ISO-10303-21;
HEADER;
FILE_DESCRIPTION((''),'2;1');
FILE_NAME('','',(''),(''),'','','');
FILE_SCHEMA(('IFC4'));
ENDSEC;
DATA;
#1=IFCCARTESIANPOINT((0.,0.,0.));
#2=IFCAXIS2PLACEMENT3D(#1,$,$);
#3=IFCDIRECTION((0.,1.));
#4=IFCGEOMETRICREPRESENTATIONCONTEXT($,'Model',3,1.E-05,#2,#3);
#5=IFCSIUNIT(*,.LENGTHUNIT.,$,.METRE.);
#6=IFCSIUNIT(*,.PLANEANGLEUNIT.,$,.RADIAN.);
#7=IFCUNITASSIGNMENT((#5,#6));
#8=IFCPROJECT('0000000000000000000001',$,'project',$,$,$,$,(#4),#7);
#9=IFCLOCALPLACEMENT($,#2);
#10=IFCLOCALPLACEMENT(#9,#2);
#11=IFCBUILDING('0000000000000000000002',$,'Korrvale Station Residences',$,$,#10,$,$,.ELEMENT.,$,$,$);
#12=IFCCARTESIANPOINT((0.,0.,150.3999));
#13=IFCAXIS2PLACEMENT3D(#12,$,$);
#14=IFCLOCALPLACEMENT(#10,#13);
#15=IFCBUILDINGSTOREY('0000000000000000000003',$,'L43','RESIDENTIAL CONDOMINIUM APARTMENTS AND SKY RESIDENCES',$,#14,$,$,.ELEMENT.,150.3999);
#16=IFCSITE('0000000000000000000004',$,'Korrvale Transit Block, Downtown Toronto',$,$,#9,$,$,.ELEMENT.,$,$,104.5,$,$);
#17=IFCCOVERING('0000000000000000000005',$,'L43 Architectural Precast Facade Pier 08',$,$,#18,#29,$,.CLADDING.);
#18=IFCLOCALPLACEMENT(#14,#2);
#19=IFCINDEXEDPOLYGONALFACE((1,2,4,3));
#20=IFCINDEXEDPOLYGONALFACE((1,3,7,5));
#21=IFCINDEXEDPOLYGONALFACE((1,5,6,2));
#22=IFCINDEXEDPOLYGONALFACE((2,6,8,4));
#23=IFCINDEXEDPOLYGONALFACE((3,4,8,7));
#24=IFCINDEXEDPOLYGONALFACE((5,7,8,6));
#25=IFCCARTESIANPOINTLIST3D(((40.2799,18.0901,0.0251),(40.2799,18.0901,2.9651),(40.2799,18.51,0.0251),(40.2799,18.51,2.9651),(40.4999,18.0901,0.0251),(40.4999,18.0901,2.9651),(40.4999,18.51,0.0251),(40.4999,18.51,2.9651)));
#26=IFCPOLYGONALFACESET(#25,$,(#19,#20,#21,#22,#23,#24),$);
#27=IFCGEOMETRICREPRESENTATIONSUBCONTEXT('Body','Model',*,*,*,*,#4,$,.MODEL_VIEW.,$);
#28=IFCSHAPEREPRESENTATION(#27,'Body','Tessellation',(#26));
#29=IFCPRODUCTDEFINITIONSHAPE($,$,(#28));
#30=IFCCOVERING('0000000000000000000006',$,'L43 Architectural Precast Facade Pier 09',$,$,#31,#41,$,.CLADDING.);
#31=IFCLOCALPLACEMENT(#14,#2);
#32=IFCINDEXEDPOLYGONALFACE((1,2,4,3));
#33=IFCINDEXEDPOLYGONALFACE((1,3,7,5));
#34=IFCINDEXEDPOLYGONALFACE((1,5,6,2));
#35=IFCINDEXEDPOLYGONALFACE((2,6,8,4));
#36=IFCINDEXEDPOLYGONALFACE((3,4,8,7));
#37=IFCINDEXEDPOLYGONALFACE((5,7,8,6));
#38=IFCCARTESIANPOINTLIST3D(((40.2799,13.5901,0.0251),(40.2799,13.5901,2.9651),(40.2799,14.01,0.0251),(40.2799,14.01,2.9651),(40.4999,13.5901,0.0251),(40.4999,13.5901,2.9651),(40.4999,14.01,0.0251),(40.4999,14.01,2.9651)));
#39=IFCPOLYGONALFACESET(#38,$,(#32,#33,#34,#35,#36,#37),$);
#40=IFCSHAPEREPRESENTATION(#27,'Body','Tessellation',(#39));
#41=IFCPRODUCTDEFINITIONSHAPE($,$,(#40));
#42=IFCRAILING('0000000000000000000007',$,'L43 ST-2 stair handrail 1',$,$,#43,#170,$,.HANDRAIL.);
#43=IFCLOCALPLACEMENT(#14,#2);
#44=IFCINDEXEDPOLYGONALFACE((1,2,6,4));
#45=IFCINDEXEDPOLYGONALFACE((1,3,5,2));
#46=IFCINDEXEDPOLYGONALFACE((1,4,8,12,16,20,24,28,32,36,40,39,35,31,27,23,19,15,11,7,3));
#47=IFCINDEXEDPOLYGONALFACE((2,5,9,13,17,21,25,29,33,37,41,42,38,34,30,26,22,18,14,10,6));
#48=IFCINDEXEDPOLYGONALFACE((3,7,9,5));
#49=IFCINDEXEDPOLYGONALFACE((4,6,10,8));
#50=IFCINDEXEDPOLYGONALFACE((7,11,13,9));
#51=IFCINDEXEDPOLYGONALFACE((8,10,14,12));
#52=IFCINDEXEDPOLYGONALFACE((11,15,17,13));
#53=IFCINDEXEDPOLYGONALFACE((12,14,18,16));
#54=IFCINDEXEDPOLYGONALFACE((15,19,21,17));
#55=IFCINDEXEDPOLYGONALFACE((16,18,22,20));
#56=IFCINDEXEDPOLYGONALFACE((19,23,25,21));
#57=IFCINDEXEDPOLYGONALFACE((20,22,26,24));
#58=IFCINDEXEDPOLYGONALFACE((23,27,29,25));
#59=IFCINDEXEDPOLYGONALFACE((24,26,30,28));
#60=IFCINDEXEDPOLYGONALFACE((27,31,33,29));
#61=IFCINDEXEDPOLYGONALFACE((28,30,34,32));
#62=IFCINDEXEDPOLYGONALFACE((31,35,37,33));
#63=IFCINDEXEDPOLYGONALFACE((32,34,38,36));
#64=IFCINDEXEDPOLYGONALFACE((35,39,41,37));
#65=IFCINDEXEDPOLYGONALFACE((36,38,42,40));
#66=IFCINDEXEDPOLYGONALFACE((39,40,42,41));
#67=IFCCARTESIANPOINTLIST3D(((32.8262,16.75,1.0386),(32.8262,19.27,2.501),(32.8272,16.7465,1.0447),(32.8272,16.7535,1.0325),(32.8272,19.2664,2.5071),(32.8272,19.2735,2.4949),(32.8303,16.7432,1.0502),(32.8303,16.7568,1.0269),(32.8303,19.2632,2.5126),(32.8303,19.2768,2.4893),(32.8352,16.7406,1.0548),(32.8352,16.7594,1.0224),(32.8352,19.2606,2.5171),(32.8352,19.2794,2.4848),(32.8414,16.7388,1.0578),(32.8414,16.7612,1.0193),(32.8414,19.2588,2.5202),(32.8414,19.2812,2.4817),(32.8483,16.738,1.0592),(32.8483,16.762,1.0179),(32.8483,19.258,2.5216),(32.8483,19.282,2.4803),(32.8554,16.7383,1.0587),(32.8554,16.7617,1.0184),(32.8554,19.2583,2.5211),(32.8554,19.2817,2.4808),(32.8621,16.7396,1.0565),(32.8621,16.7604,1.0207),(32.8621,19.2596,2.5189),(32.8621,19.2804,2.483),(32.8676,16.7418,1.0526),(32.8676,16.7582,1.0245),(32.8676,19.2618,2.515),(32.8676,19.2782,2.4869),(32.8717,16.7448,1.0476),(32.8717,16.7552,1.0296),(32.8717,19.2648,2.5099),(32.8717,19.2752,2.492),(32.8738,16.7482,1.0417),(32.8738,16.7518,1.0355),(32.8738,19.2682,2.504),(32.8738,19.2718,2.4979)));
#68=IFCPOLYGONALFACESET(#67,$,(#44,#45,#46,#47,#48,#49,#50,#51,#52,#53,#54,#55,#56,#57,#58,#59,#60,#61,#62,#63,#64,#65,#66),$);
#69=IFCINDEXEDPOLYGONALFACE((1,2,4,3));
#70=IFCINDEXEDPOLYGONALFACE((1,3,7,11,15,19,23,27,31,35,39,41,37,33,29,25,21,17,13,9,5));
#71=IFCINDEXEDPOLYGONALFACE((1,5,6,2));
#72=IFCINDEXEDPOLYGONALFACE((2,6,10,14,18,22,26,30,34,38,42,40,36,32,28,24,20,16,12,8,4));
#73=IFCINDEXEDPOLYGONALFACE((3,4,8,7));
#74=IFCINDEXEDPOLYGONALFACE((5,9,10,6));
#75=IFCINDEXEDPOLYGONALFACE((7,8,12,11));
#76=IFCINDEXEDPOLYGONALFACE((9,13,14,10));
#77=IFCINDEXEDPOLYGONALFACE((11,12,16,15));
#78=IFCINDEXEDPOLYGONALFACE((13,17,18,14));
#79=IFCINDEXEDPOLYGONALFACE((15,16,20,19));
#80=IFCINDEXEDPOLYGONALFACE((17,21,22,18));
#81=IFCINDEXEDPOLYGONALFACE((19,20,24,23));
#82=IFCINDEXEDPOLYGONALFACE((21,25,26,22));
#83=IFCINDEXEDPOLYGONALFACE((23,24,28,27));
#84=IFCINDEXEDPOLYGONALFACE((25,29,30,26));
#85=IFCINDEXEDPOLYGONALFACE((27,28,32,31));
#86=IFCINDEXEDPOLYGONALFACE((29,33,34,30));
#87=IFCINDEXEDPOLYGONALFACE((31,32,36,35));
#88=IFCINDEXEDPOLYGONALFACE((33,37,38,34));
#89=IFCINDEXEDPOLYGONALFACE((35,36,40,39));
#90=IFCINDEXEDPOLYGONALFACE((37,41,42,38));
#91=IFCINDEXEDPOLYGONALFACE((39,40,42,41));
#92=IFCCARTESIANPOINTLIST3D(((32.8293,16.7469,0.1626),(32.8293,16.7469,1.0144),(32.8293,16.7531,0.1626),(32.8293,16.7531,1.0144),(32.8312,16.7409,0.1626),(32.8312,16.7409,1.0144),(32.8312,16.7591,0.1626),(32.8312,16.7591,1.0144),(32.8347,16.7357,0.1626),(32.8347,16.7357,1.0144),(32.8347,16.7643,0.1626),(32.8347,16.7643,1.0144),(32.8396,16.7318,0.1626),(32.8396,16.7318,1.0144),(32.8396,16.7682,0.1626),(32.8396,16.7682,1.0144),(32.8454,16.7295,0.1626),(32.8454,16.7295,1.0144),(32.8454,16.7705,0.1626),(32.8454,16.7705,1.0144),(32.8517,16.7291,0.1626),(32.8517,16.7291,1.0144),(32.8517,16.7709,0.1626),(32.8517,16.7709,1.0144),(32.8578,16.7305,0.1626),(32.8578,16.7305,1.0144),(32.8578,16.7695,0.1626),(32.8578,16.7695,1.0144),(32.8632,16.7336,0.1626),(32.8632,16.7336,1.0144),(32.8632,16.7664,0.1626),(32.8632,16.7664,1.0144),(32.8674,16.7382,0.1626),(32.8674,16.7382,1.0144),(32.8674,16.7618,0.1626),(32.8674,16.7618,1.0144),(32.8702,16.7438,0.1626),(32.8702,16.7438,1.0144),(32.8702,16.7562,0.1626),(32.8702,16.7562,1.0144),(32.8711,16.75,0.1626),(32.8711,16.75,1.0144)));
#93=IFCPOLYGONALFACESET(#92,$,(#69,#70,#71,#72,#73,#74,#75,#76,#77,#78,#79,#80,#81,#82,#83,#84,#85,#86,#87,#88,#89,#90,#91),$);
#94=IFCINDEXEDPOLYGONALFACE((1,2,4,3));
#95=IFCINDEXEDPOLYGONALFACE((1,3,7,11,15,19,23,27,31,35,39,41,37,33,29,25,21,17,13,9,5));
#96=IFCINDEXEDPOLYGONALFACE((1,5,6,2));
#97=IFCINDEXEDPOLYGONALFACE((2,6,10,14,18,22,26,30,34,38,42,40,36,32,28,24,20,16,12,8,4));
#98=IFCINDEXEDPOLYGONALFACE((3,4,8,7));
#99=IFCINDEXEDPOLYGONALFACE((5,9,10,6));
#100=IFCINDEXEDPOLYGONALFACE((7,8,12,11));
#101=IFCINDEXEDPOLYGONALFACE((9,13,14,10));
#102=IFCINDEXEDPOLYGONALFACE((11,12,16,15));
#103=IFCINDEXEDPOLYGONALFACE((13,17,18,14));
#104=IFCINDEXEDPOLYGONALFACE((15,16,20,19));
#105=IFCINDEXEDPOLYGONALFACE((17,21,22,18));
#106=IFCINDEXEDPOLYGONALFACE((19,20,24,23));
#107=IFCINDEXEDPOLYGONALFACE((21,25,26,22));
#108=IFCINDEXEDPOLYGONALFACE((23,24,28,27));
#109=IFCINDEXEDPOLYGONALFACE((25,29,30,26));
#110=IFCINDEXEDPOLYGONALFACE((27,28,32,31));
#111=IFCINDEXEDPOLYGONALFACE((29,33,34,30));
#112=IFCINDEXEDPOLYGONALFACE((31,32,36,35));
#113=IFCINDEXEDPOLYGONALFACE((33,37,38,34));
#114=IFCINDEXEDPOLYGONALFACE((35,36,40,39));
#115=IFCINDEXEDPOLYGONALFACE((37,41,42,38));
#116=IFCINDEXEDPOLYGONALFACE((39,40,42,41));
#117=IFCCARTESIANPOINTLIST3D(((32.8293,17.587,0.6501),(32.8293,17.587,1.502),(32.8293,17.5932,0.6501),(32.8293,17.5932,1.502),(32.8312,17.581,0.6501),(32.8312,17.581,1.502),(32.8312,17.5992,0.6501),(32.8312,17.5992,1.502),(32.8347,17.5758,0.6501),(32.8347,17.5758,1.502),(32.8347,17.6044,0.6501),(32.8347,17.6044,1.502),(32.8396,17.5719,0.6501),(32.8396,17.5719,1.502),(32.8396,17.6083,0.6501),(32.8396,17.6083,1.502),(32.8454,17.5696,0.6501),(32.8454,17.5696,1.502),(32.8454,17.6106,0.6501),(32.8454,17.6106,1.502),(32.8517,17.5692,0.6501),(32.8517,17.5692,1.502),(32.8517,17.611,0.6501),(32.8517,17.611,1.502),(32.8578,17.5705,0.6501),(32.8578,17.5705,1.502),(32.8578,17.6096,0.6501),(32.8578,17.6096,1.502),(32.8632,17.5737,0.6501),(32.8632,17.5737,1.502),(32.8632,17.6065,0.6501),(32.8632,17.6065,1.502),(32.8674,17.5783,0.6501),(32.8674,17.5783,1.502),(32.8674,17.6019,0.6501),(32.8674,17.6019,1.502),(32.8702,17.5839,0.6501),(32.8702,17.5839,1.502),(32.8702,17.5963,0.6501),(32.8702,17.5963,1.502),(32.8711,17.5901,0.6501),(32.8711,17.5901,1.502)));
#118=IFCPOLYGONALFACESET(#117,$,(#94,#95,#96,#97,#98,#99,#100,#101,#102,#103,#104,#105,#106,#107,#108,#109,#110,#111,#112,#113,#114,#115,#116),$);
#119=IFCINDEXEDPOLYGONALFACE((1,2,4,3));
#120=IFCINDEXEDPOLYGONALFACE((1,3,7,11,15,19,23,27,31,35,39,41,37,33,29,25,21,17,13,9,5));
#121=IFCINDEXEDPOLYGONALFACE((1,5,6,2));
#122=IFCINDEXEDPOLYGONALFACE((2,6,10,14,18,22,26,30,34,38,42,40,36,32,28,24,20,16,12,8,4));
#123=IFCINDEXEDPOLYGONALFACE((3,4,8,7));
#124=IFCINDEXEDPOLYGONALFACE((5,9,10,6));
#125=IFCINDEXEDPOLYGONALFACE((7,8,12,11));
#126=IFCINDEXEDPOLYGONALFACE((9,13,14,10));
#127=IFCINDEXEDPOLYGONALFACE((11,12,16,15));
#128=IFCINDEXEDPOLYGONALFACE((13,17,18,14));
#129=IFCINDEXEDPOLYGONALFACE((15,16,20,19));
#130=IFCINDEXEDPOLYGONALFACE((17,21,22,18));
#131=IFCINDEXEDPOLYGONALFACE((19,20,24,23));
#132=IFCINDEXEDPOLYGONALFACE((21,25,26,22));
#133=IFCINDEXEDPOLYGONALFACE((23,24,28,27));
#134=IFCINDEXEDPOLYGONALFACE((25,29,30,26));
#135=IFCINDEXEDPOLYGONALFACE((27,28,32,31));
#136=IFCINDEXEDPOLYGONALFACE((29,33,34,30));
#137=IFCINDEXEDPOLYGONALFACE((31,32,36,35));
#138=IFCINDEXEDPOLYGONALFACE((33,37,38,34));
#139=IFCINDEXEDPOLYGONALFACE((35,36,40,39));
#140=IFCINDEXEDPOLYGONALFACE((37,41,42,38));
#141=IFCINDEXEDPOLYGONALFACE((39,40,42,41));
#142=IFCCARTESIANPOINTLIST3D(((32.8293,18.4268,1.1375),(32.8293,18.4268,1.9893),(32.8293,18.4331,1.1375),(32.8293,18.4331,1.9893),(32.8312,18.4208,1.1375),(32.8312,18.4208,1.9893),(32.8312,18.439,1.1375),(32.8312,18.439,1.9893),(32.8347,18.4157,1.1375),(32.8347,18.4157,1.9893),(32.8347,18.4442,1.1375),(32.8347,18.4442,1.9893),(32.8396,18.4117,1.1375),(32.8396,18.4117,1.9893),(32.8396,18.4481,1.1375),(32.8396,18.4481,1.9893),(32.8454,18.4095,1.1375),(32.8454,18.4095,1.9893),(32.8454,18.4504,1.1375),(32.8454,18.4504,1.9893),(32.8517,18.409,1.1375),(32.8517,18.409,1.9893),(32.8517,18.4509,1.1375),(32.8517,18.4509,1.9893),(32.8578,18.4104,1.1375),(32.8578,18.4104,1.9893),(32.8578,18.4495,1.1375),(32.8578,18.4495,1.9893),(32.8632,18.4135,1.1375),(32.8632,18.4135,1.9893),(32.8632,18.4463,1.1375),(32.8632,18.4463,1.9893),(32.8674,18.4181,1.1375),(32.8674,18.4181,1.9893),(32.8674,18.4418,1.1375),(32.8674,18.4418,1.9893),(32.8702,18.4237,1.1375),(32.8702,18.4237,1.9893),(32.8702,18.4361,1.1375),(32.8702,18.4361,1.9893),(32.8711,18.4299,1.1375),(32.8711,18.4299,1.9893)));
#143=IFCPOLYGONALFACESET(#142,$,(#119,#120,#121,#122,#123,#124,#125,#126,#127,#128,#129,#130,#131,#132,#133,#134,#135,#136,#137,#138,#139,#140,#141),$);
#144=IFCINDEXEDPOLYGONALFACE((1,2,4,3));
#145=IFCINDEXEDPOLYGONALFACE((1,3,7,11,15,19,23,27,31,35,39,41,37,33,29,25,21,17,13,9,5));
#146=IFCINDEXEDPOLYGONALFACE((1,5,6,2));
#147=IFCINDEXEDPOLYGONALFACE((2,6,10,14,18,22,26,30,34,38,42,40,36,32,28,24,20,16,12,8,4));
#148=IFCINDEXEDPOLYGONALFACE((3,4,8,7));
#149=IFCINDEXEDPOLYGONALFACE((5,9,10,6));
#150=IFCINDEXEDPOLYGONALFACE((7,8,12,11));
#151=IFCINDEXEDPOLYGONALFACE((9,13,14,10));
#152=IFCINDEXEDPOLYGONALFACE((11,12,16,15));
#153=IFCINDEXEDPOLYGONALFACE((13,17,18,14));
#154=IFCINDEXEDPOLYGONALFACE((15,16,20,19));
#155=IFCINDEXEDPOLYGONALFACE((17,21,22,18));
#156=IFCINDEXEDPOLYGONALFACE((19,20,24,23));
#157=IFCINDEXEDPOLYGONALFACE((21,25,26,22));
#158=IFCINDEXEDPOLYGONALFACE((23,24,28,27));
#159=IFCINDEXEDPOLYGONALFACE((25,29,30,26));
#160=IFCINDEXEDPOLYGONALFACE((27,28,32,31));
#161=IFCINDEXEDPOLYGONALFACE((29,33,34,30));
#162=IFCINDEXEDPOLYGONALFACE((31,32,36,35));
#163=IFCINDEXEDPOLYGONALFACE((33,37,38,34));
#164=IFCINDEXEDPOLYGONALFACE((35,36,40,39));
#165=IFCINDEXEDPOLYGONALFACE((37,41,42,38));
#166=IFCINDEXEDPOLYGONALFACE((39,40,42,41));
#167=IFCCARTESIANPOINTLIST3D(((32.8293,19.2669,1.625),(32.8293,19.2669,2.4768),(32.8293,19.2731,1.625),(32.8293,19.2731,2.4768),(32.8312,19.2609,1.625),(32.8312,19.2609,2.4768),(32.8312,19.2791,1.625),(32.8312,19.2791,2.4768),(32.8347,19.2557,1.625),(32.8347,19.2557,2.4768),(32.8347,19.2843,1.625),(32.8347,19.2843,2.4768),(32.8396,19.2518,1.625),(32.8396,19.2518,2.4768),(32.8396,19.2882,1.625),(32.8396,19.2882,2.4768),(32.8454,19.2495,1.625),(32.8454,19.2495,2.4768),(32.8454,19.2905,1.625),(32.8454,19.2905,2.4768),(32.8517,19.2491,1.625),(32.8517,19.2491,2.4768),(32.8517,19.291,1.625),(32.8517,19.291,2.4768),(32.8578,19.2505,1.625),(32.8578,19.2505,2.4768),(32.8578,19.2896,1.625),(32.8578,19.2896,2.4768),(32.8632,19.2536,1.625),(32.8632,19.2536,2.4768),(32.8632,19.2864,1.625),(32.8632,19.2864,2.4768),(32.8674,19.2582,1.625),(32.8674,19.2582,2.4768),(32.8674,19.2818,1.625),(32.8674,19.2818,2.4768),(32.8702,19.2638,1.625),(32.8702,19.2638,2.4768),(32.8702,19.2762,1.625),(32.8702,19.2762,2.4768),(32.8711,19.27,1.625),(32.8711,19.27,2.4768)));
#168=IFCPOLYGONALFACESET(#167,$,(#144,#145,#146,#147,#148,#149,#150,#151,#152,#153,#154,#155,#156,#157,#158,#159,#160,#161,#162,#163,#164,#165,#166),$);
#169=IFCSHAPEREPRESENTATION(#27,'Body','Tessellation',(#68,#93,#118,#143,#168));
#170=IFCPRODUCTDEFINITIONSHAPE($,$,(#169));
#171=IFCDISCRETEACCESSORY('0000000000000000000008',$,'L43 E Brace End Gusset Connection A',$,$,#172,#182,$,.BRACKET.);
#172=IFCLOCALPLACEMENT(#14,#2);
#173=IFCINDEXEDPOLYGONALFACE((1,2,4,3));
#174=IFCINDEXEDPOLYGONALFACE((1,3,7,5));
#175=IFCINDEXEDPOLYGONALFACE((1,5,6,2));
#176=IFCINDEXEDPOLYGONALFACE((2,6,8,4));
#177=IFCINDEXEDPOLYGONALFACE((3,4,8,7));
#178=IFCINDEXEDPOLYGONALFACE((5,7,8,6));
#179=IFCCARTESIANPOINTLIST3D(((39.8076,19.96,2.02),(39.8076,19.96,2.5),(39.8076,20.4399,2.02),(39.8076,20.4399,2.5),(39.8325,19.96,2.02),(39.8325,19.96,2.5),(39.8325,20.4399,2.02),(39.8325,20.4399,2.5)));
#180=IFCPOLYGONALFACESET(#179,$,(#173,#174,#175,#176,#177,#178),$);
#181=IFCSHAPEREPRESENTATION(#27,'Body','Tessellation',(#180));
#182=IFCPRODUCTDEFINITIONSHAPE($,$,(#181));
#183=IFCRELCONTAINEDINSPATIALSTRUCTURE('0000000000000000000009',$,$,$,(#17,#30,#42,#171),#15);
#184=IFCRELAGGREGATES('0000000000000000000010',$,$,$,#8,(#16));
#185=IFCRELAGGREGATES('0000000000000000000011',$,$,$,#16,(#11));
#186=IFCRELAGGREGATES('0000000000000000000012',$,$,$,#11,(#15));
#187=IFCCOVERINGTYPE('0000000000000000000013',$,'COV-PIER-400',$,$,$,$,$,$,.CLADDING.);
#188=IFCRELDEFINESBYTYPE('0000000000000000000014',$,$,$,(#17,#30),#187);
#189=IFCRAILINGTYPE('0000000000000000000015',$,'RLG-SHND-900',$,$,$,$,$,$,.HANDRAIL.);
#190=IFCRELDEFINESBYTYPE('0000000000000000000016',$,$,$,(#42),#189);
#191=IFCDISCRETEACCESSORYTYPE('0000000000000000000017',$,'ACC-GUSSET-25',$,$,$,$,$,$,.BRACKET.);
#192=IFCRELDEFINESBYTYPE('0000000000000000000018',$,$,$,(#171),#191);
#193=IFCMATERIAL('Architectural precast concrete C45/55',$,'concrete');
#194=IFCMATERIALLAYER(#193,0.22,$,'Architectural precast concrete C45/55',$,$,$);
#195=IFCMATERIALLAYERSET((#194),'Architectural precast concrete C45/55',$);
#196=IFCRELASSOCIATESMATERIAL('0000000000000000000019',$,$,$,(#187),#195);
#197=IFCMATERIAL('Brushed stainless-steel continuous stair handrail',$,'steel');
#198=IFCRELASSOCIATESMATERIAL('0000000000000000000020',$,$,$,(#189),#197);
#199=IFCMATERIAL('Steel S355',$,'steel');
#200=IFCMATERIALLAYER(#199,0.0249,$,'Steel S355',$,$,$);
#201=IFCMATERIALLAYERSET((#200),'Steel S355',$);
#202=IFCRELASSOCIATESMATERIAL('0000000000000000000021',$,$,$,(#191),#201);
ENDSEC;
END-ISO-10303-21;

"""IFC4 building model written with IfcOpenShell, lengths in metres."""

from ifc_helpers import new_model, si_unit, direction, frame, origin, origin_2d, place, context, subcontext, project, spatial, rectangle, circle, extrude, material, layer, layer_set, type_object, element, save


model = new_model("IFC4")

# Units and contexts
model_context = context("Model", 3, precision=1e-05, world=origin(), true_north=direction((0.0, 1.0)))
body_context = subcontext(model_context, "Body", "Model", "MODEL_VIEW")
ifc_project = project(units=[si_unit("LENGTHUNIT", "METRE"), si_unit("PLANEANGLEUNIT", "RADIAN")], contexts=[model_context])

# Site, building, storey
site_placement = place(None, origin())
site = spatial("IfcSite", under=ifc_project, at=site_placement, Name="Korrvale Transit Block, Downtown Toronto", CompositionType="ELEMENT", RefElevation=104.5)
building_placement = place(site_placement, origin())
building = spatial("IfcBuilding", under=site, at=building_placement, Name="Korrvale Station Residences", CompositionType="ELEMENT")
storey_placement = place(building_placement, frame((0.0, 0.0, 150.3999)))
storey = spatial("IfcBuildingStorey", under=building, at=storey_placement, Name="L43", Description="RESIDENTIAL CONDOMINIUM APARTMENTS AND SKY RESIDENCES", CompositionType="ELEMENT", Elevation=150.3999)

# Shared definitions
ifc_material_1 = material(Name="Steel S355", Category="steel")

# Coverings
ifc_material_2 = material(Name="Architectural precast concrete C45/55", Category="concrete")
ifc_layer_1 = layer(ifc_material_2, 0.22, Name="Architectural precast concrete C45/55")
ifc_layer_set_1 = layer_set([ifc_layer_1], Name="Architectural precast concrete C45/55")
covering_type = type_object("IfcCoveringType", Name="COV-PIER-400", PredefinedType="CLADDING", material=ifc_layer_set_1)
for number, where, z_axis, x_axis, name in (
    (1, (40.3899, 18.3, 0.0251), (0.0, 0.0, 1.0), (0.0, 1.0, 0.0), "L43 Architectural Precast Facade Pier 08"),
    (2, (40.3899, 13.8, 0.0251), (0.0, 0.0, 1.0), (0.0, 1.0, 0.0), "L43 Architectural Precast Facade Pier 09"),
):
    element("IfcCovering", number, at=place(storey_placement, frame(where, z_axis=z_axis, x_axis=x_axis)), inside=storey, type_object=covering_type, Name=name, PredefinedType="CLADDING", context=body_context, shape_type="SweptSolid", body=[
        extrude(rectangle(XDim=0.4199, YDim=0.22, at=origin_2d()), origin(), (0.0, 0.0, 1.0), 2.9399),
    ])

# Railing
ifc_material_3 = material(Name="Brushed stainless-steel continuous stair handrail", Category="steel")
railing_type = type_object("IfcRailingType", Name="RLG-SHND-900", PredefinedType="HANDRAIL", material=ifc_material_3)
railing_placement = place(storey_placement, frame((32.8501, 16.75, 0.1626)))
element("IfcRailing", 3, at=railing_placement, inside=storey, type_object=railing_type, Name="L43 ST-2 stair handrail 1", PredefinedType="HANDRAIL", context=body_context, shape_type="SweptSolid", body=[
    extrude(circle(Radius=0.0239, at=origin_2d()), frame((0.0, 0.0, 0.876), z_axis=(0.0, 0.864913, 0.501921), x_axis=(-1.0, 0.0, 0.0)), (0.0, 0.0, 1.0), 2.9136),
    extrude(circle(Radius=0.021, at=origin_2d()), origin(), (0.0, 0.0, 1.0), 0.8518),
    extrude(circle(Radius=0.021, at=origin_2d()), frame((0.0, 0.8401, 0.4875)), (0.0, 0.0, 1.0), 0.8518),
    extrude(circle(Radius=0.021, at=origin_2d()), frame((0.0, 1.6799, 0.9749)), (0.0, 0.0, 1.0), 0.8518),
    extrude(circle(Radius=0.021, at=origin_2d()), frame((0.0, 2.52, 1.4624)), (0.0, 0.0, 1.0), 0.8518),
])

# Discrete accessory
ifc_layer_2 = layer(ifc_material_1, 0.0249, Name="Steel S355")
ifc_layer_set_2 = layer_set([ifc_layer_2], Name="Steel S355")
discrete_accessory_type = type_object("IfcDiscreteAccessoryType", Name="ACC-GUSSET-25", PredefinedType="BRACKET", material=ifc_layer_set_2)
discrete_accessory_placement = place(storey_placement, frame((39.8201, 20.2, 2.02), z_axis=(0.0, 0.0, 1.0), x_axis=(0.0, 1.0, 0.0)))
element("IfcDiscreteAccessory", 4, at=discrete_accessory_placement, inside=storey, type_object=discrete_accessory_type, Name="L43 E Brace End Gusset Connection A", PredefinedType="BRACKET", context=body_context, shape_type="SweptSolid", body=[
    extrude(rectangle(XDim=0.48, YDim=0.0249, at=origin_2d()), origin(), (0.0, 0.0, 1.0), 0.48),
])

save(model, "model.ifc")
